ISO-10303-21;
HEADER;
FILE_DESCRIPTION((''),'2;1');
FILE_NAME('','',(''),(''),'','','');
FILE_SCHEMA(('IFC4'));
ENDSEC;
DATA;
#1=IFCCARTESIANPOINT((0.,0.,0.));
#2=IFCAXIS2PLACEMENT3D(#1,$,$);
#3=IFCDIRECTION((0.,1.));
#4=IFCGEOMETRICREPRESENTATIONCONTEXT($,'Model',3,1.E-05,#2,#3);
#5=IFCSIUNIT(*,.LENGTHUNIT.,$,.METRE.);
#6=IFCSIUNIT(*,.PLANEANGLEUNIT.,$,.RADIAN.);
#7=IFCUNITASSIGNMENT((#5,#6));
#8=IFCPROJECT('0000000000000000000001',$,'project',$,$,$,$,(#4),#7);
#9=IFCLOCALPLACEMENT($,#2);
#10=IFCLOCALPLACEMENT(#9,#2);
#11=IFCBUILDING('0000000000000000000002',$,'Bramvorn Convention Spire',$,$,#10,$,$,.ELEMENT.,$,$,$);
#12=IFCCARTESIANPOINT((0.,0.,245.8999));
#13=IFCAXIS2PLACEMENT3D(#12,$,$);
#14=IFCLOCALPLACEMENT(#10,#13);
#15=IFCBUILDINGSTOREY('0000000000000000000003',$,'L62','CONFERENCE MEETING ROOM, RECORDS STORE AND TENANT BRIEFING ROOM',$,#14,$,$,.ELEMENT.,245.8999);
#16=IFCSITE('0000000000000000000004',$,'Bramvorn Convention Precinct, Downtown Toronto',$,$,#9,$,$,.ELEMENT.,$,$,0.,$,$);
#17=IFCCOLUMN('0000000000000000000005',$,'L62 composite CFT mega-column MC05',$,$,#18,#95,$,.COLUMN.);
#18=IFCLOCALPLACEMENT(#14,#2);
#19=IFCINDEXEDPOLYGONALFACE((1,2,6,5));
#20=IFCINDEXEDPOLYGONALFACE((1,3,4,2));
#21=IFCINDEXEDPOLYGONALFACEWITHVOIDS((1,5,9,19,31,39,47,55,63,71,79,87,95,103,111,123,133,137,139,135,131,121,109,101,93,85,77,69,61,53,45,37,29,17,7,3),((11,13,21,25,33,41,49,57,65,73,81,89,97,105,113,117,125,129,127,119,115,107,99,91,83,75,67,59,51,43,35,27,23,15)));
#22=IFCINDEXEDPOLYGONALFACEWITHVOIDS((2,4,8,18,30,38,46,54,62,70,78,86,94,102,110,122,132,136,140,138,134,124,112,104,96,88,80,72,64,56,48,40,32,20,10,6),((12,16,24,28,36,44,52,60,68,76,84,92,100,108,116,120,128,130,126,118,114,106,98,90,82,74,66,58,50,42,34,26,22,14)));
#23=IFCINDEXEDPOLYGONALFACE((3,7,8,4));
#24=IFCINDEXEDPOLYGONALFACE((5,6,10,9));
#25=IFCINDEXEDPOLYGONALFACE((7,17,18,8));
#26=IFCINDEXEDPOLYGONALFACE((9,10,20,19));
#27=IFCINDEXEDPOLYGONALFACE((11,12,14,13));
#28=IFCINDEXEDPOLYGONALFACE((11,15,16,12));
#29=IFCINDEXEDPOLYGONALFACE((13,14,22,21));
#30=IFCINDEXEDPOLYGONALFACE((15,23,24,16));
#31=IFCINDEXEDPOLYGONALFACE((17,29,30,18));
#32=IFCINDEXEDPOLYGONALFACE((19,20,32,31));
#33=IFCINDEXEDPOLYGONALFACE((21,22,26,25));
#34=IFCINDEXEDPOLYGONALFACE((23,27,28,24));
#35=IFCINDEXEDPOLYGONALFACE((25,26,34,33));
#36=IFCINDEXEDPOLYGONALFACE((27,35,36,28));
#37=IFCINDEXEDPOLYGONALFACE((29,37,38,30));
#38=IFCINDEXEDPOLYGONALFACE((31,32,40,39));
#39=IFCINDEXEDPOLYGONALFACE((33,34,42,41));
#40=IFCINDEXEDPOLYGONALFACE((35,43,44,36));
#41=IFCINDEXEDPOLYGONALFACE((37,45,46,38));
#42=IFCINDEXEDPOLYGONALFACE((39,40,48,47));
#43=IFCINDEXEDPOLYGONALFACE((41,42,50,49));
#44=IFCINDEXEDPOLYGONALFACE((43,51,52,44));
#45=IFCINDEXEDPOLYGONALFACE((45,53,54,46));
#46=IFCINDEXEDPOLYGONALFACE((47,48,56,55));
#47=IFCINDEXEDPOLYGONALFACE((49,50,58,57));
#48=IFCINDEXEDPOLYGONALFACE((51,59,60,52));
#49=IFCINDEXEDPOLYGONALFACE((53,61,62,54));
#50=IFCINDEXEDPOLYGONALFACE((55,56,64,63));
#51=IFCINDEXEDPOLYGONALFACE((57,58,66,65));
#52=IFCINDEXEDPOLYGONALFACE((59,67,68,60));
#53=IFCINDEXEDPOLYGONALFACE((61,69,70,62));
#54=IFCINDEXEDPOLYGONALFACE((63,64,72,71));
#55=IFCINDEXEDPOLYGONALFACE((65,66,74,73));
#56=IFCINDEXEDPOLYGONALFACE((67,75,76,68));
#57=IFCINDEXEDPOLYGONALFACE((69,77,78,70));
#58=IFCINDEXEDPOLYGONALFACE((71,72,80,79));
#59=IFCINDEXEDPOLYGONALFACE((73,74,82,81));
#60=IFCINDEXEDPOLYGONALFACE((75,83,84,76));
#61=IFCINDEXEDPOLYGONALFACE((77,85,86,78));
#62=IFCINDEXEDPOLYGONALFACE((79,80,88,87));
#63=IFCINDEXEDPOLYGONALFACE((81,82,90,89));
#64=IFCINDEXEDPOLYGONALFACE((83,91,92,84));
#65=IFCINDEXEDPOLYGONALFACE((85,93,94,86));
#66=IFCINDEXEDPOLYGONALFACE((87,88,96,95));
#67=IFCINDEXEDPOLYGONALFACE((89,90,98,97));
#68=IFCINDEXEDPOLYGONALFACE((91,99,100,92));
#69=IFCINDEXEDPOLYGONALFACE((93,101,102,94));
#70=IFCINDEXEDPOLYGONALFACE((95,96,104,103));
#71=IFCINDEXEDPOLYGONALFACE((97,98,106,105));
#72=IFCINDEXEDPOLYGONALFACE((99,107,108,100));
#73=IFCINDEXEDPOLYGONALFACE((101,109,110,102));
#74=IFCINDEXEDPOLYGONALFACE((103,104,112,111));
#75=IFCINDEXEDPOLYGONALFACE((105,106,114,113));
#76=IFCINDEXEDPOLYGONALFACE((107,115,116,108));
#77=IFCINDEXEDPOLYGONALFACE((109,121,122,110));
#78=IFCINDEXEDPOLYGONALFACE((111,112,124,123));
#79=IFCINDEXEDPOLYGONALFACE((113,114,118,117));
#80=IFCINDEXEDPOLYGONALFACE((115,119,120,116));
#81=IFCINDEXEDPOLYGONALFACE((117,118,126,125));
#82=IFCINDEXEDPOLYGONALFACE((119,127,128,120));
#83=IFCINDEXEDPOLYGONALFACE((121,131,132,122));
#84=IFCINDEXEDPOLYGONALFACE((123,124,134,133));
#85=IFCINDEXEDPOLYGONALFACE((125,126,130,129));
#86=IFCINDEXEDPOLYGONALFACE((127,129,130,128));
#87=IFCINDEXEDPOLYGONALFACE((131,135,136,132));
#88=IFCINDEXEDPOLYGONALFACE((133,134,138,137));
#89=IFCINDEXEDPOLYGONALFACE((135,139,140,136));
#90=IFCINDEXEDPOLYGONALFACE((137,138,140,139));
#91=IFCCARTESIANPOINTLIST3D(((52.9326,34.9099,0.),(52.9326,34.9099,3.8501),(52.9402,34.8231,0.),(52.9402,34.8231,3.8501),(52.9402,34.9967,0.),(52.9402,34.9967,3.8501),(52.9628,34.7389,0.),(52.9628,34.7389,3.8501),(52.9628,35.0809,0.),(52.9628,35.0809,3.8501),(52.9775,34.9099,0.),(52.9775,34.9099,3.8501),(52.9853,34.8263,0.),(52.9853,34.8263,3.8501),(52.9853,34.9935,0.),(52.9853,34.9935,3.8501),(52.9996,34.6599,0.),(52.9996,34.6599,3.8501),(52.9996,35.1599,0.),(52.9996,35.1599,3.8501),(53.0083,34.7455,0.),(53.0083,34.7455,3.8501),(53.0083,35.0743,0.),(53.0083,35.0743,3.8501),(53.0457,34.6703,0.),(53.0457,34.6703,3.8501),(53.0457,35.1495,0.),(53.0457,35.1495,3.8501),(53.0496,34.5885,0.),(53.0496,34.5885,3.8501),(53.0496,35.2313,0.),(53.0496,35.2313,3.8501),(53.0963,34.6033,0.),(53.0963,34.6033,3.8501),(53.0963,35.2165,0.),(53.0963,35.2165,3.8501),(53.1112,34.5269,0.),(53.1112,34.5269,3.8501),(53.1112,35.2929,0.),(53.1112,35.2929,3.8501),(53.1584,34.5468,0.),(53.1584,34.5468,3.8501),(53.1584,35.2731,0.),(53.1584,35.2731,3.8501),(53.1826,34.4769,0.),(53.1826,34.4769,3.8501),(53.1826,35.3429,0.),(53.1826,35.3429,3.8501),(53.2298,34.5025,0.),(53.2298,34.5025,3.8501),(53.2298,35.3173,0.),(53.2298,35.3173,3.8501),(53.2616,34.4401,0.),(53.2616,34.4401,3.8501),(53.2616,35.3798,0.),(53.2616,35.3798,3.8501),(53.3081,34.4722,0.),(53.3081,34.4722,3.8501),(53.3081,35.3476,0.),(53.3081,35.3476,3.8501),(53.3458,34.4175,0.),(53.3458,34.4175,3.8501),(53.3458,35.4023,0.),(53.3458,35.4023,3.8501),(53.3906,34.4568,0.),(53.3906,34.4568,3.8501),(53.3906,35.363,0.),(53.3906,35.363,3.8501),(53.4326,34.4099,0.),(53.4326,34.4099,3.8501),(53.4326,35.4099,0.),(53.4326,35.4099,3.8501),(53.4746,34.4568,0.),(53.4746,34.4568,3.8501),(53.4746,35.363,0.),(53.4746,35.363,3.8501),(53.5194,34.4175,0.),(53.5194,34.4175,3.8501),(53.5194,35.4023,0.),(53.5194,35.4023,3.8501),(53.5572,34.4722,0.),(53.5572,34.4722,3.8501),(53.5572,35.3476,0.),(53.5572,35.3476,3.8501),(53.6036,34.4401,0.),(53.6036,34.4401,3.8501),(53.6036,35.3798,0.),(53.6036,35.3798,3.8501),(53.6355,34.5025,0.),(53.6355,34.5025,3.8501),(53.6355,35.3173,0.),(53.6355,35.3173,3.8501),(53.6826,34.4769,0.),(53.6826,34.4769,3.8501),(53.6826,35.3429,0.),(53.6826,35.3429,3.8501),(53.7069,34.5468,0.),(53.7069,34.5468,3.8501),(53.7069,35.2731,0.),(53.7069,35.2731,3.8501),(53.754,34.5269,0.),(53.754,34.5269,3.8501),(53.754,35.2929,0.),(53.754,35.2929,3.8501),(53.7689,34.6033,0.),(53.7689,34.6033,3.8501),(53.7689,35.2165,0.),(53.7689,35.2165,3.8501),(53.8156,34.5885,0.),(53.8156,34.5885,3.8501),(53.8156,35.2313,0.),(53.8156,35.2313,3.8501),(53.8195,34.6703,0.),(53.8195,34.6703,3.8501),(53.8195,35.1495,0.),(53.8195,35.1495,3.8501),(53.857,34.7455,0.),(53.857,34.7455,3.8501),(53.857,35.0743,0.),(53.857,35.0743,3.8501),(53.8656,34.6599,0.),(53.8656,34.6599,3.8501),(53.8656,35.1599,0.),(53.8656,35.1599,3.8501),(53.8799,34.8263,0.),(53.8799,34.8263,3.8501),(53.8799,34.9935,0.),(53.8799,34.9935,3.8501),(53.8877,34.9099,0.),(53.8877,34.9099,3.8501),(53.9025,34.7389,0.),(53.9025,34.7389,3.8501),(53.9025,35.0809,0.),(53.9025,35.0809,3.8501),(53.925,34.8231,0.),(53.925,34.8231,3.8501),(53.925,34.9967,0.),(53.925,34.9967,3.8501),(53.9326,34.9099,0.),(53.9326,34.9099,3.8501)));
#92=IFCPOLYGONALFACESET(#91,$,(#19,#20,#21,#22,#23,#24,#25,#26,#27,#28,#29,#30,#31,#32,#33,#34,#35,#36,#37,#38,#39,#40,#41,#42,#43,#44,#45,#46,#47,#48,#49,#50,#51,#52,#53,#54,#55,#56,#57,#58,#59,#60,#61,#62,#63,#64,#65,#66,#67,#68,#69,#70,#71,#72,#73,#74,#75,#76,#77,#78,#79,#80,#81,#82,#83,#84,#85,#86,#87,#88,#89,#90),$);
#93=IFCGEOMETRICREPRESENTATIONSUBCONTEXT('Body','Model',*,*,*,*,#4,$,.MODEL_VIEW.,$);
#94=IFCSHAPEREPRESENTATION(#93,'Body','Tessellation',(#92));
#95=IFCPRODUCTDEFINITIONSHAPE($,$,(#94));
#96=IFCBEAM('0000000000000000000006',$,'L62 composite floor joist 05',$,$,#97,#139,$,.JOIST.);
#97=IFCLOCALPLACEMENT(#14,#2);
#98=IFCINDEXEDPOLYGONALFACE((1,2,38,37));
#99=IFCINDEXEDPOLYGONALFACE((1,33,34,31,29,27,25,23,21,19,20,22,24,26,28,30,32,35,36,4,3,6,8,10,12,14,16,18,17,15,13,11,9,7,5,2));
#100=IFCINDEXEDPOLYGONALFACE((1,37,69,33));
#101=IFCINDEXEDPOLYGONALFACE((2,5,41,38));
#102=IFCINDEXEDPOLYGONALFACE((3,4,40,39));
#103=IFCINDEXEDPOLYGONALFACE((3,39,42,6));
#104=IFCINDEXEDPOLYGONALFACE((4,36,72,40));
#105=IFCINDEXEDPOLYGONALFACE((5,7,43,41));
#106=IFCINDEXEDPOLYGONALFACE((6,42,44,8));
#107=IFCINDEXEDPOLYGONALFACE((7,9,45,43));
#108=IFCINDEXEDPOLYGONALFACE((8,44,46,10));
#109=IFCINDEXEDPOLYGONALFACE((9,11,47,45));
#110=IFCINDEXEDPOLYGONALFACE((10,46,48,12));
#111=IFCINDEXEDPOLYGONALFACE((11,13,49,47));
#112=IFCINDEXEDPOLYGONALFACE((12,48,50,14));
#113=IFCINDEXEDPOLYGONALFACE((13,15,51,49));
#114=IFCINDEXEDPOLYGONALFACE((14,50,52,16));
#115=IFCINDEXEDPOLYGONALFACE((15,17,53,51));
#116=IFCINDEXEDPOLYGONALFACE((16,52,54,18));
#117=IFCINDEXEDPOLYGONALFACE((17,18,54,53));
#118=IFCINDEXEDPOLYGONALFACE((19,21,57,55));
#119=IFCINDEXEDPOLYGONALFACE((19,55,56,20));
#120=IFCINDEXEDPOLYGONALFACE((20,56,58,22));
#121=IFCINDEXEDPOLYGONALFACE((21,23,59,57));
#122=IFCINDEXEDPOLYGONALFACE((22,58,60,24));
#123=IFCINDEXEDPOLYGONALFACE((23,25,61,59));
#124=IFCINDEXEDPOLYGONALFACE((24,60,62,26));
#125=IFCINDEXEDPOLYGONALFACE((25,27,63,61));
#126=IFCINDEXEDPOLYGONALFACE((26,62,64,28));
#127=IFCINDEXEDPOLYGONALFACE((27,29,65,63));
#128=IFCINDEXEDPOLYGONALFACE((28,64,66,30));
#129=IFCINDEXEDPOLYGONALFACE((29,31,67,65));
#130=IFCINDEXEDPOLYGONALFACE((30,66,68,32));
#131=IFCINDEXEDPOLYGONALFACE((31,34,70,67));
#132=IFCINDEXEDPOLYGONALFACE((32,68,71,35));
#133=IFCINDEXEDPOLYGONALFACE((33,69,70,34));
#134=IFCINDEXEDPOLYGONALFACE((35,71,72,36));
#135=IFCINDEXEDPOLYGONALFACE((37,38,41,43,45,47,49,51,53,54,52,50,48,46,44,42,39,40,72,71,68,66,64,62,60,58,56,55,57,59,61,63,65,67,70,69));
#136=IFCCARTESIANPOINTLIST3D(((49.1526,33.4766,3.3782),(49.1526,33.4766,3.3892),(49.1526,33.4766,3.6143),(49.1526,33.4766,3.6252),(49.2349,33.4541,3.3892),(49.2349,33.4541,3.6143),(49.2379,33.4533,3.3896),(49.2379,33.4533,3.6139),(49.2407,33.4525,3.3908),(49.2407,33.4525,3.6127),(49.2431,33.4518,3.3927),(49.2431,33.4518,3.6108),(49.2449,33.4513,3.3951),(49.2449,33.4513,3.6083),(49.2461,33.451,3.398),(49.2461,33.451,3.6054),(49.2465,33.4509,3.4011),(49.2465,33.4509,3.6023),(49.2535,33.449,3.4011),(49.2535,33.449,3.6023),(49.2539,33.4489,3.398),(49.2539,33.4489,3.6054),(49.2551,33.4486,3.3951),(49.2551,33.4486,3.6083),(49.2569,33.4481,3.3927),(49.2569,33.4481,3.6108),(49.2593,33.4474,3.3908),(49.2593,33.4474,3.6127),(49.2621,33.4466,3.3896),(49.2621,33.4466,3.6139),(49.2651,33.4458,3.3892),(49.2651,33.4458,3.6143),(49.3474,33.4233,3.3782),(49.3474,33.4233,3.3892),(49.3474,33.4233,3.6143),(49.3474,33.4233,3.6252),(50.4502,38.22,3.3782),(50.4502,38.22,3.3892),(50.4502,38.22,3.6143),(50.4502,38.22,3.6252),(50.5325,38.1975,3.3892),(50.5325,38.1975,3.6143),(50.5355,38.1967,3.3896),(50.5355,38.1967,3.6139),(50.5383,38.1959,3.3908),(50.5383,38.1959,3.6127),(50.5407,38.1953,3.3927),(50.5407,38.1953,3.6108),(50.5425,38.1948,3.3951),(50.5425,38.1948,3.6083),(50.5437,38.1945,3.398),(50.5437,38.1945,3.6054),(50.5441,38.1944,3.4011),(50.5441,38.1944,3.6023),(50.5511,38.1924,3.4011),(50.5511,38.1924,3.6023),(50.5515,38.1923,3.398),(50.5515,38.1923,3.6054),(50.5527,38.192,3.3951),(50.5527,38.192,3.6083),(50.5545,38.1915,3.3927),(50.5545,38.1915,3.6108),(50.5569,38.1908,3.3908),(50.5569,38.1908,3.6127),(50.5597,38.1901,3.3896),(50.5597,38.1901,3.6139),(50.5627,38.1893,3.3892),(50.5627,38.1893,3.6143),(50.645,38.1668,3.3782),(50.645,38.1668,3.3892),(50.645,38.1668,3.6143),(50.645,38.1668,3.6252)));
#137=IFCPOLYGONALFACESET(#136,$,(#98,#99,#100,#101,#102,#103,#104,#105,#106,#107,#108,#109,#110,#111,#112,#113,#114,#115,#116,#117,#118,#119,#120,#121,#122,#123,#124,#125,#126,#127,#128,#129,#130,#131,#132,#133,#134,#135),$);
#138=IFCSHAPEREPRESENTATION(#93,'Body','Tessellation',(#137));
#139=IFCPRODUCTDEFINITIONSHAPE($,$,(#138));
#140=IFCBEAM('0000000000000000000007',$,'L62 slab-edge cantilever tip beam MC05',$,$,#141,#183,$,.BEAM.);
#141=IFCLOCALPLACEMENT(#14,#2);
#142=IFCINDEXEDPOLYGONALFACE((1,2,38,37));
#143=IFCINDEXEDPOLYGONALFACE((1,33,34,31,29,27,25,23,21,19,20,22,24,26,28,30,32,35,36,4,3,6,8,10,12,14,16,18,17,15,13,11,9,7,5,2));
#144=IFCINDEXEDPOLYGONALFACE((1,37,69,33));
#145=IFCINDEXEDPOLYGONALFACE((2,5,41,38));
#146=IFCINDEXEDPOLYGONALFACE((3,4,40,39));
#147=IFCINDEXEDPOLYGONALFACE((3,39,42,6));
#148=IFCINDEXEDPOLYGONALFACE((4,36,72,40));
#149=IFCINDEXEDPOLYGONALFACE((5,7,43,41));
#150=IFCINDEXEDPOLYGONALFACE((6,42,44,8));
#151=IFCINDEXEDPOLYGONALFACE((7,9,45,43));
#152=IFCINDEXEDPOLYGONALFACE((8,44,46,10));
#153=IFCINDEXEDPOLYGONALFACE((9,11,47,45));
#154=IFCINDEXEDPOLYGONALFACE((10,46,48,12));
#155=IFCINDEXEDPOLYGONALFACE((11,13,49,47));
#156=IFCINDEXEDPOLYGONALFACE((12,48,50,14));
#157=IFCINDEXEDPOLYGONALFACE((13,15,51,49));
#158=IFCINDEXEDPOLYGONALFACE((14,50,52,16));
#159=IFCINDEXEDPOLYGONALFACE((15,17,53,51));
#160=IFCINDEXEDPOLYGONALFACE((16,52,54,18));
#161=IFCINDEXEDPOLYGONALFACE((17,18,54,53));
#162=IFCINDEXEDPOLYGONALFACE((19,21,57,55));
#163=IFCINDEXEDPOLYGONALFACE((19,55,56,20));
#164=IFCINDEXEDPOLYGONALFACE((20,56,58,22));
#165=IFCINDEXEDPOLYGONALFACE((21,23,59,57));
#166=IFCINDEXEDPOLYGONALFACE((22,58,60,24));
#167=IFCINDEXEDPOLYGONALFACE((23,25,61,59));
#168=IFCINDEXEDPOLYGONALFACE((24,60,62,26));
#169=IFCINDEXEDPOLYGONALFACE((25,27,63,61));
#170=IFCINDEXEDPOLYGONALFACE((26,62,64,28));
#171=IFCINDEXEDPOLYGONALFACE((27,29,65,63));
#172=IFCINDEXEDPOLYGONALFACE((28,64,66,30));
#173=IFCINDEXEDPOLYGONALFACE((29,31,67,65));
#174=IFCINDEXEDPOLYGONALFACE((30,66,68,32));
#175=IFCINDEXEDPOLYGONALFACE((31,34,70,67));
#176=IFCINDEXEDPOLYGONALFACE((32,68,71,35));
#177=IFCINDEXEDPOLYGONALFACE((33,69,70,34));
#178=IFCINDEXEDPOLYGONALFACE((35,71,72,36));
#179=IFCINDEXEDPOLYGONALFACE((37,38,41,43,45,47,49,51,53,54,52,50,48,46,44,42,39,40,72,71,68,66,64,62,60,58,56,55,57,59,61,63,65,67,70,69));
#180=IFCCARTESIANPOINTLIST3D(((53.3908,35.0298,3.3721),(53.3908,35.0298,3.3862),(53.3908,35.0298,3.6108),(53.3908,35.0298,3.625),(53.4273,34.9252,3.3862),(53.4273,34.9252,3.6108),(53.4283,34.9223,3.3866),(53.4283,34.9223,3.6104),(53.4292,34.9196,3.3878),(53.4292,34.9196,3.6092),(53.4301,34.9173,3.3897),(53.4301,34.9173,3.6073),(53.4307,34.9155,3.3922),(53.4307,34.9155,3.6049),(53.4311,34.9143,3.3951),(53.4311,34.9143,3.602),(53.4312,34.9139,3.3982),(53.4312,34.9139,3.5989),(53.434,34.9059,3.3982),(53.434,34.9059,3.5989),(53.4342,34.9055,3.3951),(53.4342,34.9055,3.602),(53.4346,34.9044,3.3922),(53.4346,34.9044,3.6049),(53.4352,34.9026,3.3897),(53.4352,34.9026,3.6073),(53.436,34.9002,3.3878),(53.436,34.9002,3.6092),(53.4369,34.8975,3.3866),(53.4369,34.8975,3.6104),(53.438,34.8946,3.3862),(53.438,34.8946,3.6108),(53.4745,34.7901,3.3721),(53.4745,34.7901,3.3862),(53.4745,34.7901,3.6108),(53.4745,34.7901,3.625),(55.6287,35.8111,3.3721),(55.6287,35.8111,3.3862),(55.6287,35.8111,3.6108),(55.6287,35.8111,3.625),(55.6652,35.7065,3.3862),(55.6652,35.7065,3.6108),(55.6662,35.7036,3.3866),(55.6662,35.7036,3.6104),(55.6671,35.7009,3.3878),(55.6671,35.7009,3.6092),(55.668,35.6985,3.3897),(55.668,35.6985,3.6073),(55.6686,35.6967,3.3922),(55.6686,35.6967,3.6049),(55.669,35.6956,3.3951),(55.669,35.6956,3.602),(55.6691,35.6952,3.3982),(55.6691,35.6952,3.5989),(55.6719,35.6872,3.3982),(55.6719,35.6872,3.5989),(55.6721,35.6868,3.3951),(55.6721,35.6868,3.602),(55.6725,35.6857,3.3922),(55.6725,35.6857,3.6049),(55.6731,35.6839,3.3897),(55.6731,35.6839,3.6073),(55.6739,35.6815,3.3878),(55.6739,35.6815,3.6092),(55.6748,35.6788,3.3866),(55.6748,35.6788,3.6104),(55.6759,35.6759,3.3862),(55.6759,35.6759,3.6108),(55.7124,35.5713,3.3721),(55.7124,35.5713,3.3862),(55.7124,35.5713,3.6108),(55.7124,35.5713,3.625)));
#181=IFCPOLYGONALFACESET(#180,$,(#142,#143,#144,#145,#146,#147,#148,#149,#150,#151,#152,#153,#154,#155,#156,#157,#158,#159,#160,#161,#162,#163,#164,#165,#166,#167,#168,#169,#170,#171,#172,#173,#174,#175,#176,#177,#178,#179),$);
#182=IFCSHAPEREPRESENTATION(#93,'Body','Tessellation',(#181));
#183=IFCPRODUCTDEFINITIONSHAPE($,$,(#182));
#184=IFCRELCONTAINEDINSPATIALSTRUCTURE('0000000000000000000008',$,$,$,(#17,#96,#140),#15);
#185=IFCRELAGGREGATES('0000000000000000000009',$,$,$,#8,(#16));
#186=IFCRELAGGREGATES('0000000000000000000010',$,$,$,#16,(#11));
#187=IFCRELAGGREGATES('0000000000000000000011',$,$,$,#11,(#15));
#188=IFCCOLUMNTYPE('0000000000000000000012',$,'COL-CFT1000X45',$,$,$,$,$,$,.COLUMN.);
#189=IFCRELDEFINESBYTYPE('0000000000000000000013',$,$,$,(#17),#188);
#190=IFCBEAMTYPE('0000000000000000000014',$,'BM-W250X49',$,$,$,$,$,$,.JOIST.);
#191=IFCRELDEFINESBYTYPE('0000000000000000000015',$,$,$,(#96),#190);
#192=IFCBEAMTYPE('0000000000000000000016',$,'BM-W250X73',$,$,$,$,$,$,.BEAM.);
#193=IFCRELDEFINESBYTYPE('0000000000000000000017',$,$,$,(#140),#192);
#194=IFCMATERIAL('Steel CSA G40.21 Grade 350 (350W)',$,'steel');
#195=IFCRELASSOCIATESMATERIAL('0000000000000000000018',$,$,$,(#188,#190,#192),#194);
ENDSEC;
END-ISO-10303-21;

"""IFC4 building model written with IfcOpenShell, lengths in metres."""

from ifc_helpers import new_model, si_unit, direction, frame, origin, origin_2d, place, context, subcontext, project, spatial, hollow_circle, i_section, extrude, material, material_profile, profile_set, type_object, element, save


model = new_model("IFC4")

# Units and contexts
model_context = context("Model", 3, precision=1e-05, world=origin(), true_north=direction((0.0, 1.0)))
body_context = subcontext(model_context, "Body", "Model", "MODEL_VIEW")
ifc_project = project(units=[si_unit("LENGTHUNIT", "METRE"), si_unit("PLANEANGLEUNIT", "RADIAN")], contexts=[model_context])

# Site, building, storey
site_placement = place(None, origin())
site = spatial("IfcSite", under=ifc_project, at=site_placement, Name="Bramvorn Convention Precinct, Downtown Toronto", CompositionType="ELEMENT", RefElevation=0.0)
building_placement = place(site_placement, origin())
building = spatial("IfcBuilding", under=site, at=building_placement, Name="Bramvorn Convention Spire", CompositionType="ELEMENT")
storey_placement = place(building_placement, frame((0.0, 0.0, 245.8999)))
storey = spatial("IfcBuildingStorey", under=building, at=storey_placement, Name="L62", Description="CONFERENCE MEETING ROOM, RECORDS STORE AND TENANT BRIEFING ROOM", CompositionType="ELEMENT", Elevation=245.8999)

# Column
ifc_material_1 = material(Name="Steel CSA G40.21 Grade 350 (350W)", Category="steel")
ifc_material_profile_1 = material_profile(ifc_material_1, hollow_circle(Radius=0.5, WallThickness=0.0449, at=origin_2d()))
ifc_profile_set_1 = profile_set([ifc_material_profile_1], Name="Steel CSA G40.21 Grade 350 (350W) - CFT1000X45")
column_type = type_object("IfcColumnType", Name="COL-CFT1000X45", PredefinedType="COLUMN", material=ifc_profile_set_1)
column_placement = place(storey_placement, frame((53.4326, 34.9099, 0.0), z_axis=(0.0, 0.0, 1.0), x_axis=(1.0, 0.0, 0.0)))
element("IfcColumn", 1, at=column_placement, inside=storey, type_object=column_type, Name="L62 composite CFT mega-column MC05", PredefinedType="COLUMN", context=body_context, shape_type="SweptSolid", body=[
    extrude(hollow_circle(Radius=0.5, WallThickness=0.0449, at=origin_2d()), origin(), (0.0, 0.0, 1.0), 3.8501),
])

# Beams
ifc_material_profile_2 = material_profile(ifc_material_1, i_section(OverallWidth=0.2019, OverallDepth=0.2471, WebThickness=0.0073, FlangeThickness=0.011, FilletRadius=0.012, at=origin_2d()))
ifc_profile_set_2 = profile_set([ifc_material_profile_2], Name="Steel CSA G40.21 Grade 350 (350W) - W250X49")
beam_type_1 = type_object("IfcBeamType", Name="BM-W250X49", PredefinedType="JOIST", material=ifc_profile_set_2)
beam_1_placement = place(storey_placement, frame((49.25, 33.45, 3.5017), z_axis=(0.263865, 0.96456, 0.0), x_axis=(-0.96456, 0.263865, 0.0)))
element("IfcBeam", 2, at=beam_1_placement, inside=storey, type_object=beam_type_1, Name="L62 composite floor joist 05", PredefinedType="JOIST", context=body_context, shape_type="SweptSolid", body=[
    extrude(i_section(OverallWidth=0.2019, OverallDepth=0.2471, WebThickness=0.0073, FlangeThickness=0.011, FilletRadius=0.012, at=origin_2d()), origin(), (0.0, 0.0, 1.0), 4.9177),
])
ifc_material_profile_3 = material_profile(ifc_material_1, i_section(OverallWidth=0.2539, OverallDepth=0.2529, WebThickness=0.0085, FlangeThickness=0.0142, FilletRadius=0.012, at=origin_2d()))
ifc_profile_set_3 = profile_set([ifc_material_profile_3], Name="Steel CSA G40.21 Grade 350 (350W) - W250X73")
beam_type_2 = type_object("IfcBeamType", Name="BM-W250X73", PredefinedType="BEAM", material=ifc_profile_set_3)
beam_2_placement = place(storey_placement, frame((53.4326, 34.9099, 3.4985), z_axis=(0.944118, 0.329607, 0.0), x_axis=(-0.329607, 0.944118, 0.0)))
element("IfcBeam", 3, at=beam_2_placement, inside=storey, type_object=beam_type_2, Name="L62 slab-edge cantilever tip beam MC05", PredefinedType="BEAM", context=body_context, shape_type="SweptSolid", body=[
    extrude(i_section(OverallWidth=0.2539, OverallDepth=0.2529, WebThickness=0.0085, FlangeThickness=0.0142, FilletRadius=0.012, at=origin_2d()), origin(), (0.0, 0.0, 1.0), 2.3704),
])

save(model, "model.ifc")
